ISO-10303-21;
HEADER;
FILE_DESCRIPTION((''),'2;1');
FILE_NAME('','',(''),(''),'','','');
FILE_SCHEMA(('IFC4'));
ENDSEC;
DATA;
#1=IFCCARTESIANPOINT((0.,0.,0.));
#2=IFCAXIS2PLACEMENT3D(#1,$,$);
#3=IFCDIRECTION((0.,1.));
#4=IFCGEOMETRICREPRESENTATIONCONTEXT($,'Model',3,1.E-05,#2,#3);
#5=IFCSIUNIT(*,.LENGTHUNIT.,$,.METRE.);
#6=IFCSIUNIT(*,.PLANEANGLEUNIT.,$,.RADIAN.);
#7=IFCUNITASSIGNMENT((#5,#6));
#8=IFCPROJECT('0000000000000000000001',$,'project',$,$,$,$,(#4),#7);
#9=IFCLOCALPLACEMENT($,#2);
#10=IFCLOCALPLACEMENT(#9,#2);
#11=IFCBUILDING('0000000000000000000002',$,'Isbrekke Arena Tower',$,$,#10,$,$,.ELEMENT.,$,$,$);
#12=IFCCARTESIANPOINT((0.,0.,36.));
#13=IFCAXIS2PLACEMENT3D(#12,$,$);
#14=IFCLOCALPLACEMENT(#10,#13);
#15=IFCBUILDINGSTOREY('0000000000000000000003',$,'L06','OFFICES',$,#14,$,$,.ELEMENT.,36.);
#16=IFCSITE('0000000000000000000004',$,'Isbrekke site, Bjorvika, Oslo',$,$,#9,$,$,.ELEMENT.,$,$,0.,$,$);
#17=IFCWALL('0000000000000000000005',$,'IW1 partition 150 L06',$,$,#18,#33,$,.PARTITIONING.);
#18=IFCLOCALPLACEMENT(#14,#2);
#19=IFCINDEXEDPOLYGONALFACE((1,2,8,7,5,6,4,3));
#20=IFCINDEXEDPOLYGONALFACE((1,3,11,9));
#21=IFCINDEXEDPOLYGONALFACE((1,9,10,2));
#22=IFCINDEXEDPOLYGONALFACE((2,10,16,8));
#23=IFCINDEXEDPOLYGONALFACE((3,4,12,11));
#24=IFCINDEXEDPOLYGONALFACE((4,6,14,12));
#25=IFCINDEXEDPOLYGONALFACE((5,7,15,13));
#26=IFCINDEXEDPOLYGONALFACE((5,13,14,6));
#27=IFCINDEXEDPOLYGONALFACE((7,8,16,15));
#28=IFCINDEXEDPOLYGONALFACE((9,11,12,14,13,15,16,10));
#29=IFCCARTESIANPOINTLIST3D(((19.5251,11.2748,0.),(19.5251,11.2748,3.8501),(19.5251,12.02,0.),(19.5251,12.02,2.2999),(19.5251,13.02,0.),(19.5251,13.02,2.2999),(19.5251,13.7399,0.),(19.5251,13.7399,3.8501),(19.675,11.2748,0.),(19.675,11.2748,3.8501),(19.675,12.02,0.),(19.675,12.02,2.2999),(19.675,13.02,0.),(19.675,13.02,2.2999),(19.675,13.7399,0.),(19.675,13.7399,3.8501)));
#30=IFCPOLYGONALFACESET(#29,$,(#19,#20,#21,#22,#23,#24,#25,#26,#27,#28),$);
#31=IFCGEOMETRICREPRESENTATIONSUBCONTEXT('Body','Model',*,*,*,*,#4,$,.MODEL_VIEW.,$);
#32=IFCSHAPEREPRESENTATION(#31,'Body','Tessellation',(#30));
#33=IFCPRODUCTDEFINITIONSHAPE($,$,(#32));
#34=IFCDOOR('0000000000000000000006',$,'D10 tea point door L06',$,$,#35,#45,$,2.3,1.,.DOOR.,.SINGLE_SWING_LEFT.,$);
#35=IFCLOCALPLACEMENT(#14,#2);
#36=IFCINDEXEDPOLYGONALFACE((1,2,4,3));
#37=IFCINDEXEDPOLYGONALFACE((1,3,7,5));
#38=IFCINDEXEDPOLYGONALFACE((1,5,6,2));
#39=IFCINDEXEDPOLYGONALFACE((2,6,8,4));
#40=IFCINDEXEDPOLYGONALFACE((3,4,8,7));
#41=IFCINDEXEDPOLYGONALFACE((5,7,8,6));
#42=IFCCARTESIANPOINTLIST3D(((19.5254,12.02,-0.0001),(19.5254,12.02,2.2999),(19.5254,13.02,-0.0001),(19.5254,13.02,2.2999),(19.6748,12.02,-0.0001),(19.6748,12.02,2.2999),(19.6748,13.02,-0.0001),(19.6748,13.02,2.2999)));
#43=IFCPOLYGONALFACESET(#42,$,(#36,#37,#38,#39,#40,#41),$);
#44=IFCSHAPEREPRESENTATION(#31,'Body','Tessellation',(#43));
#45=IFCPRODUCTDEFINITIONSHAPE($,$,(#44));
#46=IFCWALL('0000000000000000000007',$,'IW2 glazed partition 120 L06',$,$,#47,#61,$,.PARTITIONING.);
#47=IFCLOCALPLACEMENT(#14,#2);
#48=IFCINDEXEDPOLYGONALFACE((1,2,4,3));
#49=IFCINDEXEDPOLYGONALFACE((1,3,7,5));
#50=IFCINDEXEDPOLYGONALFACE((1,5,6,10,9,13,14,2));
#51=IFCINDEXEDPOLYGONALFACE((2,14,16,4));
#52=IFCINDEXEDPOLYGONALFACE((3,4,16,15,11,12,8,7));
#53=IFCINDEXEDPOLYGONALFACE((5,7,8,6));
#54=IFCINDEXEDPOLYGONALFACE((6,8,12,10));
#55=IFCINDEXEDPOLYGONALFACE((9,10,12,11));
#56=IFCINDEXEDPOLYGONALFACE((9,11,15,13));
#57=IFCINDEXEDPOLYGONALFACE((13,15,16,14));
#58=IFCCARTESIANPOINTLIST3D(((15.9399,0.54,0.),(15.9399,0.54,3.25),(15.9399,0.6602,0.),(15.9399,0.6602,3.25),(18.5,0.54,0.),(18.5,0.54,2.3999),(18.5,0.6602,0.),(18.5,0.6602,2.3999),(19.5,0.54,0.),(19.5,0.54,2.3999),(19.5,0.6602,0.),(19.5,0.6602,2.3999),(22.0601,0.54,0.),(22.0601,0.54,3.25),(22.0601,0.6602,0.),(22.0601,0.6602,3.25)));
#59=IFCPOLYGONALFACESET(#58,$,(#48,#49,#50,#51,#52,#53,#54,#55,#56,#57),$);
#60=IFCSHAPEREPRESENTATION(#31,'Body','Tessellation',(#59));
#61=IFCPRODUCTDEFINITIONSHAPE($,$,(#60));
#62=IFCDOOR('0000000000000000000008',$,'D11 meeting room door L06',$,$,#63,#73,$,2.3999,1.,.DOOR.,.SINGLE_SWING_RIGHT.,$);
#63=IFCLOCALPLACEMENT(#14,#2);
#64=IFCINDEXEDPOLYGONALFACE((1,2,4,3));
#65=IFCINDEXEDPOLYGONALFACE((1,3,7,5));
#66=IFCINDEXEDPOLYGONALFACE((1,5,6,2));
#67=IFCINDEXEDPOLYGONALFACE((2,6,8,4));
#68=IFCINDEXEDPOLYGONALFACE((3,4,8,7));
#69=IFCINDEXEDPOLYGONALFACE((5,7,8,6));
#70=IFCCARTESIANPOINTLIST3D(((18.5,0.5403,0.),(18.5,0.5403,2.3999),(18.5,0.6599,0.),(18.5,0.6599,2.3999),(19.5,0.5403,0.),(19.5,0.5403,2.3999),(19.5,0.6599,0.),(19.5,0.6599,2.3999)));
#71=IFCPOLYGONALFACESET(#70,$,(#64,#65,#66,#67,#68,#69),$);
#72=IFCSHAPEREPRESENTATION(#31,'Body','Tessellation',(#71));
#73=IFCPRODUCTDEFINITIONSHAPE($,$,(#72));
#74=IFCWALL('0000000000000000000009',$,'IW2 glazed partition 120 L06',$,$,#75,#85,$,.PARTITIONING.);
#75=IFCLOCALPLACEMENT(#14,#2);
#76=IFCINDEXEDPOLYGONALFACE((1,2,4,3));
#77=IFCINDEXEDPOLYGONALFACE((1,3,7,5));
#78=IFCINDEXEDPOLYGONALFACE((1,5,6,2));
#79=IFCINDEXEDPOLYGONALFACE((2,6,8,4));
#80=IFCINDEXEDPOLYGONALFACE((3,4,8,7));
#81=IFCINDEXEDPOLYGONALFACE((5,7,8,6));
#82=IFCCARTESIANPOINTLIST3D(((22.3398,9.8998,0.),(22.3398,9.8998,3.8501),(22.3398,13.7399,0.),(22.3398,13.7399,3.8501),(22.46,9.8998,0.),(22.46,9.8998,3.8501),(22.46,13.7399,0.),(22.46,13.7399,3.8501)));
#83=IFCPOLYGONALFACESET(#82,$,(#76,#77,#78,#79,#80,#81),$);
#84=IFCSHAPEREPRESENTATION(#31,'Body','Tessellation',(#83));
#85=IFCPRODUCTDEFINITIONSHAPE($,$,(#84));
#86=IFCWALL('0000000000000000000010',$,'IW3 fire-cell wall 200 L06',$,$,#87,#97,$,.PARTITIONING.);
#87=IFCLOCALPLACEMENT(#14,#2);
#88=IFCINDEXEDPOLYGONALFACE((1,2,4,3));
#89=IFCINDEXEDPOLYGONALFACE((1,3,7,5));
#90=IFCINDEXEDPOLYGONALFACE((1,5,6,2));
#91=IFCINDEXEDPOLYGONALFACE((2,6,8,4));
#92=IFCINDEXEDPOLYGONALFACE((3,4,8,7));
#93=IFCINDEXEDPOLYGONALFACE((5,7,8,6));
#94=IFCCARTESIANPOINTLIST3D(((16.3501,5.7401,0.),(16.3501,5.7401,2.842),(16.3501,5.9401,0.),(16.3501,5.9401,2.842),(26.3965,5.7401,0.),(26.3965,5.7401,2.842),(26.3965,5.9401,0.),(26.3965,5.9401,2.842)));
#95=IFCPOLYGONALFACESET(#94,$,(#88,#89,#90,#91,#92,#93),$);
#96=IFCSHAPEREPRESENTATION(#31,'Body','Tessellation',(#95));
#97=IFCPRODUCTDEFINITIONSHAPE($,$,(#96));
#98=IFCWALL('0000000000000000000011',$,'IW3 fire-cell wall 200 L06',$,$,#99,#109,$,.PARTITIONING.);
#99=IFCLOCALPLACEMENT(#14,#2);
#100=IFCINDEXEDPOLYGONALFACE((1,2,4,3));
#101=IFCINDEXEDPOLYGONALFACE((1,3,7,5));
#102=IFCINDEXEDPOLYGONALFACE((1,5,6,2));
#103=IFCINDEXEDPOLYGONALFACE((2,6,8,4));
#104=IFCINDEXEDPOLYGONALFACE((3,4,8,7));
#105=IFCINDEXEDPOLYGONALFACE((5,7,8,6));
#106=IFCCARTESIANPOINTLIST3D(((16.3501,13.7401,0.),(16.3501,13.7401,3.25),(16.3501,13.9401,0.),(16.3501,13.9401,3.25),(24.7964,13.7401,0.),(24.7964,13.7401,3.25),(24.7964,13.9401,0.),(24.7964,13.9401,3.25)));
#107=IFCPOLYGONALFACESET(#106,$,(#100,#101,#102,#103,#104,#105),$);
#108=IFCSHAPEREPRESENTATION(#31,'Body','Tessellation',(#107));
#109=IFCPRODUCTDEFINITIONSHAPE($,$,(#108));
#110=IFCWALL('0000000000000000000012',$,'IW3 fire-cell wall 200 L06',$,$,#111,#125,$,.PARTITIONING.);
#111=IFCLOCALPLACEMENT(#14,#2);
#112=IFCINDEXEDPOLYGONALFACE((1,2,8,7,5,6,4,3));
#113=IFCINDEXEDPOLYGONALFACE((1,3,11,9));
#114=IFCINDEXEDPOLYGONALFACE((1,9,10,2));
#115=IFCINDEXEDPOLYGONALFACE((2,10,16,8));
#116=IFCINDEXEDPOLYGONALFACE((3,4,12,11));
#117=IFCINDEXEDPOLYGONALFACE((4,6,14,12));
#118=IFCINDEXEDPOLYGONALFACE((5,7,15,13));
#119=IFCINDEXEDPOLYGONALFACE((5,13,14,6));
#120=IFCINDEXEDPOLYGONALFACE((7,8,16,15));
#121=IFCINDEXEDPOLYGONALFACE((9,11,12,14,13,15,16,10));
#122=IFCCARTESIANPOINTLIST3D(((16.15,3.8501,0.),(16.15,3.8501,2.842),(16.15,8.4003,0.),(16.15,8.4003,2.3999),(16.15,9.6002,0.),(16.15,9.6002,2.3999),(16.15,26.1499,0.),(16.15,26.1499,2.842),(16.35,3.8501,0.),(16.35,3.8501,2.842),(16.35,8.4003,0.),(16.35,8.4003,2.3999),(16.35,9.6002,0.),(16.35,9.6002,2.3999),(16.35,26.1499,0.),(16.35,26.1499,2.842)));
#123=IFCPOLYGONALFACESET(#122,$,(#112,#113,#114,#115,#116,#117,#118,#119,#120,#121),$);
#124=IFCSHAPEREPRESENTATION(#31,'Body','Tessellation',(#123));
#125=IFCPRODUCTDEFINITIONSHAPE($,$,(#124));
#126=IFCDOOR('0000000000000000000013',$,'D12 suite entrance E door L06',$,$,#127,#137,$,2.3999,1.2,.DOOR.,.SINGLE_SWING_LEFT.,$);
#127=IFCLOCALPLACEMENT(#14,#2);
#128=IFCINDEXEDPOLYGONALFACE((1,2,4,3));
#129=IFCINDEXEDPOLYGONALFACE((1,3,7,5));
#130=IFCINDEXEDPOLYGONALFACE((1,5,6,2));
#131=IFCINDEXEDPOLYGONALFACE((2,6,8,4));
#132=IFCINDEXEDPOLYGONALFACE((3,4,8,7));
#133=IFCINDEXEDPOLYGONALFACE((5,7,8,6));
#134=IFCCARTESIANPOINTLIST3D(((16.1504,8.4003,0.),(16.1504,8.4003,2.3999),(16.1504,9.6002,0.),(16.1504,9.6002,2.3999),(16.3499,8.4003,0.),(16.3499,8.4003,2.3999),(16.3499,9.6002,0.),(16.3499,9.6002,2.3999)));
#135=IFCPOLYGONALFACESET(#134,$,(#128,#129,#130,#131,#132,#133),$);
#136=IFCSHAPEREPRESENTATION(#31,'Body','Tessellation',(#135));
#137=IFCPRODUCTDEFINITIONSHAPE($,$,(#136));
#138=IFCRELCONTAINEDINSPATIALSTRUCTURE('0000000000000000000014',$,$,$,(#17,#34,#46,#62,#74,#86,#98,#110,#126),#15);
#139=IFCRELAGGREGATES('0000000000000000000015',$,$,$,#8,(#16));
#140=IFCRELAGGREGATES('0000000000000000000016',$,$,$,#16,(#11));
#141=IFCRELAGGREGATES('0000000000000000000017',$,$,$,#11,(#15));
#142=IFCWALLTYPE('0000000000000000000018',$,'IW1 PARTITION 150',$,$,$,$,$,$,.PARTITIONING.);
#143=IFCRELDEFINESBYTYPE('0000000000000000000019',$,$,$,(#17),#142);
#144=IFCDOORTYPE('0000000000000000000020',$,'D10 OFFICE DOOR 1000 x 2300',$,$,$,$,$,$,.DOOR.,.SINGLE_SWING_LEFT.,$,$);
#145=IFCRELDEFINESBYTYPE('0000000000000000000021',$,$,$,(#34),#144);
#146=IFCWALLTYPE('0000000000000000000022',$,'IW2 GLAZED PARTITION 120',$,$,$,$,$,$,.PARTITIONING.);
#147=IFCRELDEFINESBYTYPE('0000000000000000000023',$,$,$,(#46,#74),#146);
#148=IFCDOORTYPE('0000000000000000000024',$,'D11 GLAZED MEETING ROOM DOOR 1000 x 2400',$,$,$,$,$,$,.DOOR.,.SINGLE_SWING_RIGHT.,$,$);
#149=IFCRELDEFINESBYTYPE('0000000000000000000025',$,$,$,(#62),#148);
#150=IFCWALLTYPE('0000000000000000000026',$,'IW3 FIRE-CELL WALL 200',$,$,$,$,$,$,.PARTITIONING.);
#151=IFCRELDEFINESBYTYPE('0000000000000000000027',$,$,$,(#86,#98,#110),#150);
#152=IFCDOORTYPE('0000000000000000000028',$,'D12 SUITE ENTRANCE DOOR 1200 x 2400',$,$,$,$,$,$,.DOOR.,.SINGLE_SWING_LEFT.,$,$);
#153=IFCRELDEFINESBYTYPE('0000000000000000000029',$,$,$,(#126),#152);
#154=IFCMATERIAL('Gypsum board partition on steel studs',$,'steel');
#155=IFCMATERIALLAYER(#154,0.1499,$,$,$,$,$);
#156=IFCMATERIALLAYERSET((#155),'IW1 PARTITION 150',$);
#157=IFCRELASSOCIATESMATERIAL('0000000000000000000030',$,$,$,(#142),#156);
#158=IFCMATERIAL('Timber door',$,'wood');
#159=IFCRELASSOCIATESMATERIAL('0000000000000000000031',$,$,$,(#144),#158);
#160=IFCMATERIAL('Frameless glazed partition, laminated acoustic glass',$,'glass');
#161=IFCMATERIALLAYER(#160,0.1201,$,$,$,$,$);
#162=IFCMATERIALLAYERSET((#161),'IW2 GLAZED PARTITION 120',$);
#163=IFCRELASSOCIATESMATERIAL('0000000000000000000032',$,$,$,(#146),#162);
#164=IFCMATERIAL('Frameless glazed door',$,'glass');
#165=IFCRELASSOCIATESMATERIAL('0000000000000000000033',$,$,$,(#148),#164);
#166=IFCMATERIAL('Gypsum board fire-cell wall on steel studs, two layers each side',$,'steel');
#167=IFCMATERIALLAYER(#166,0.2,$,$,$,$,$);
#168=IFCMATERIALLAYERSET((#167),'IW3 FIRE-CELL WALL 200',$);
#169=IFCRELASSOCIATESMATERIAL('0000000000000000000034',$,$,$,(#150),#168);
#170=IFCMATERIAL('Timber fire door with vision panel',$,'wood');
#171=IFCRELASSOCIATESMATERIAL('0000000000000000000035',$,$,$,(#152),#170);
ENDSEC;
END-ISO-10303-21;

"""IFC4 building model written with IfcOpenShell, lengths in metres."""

from ifc_helpers import new_model, si_unit, direction, frame, frame_2d, origin, place, context, subcontext, project, spatial, rectangle, extrude, material, layer, layer_set, type_object, element, fill, save


model = new_model("IFC4")

# Units and contexts
model_context = context("Model", 3, precision=1e-05, world=origin(), true_north=direction((0.0, 1.0)))
body_context = subcontext(model_context, "Body", "Model", "MODEL_VIEW")
ifc_project = project(units=[si_unit("LENGTHUNIT", "METRE"), si_unit("PLANEANGLEUNIT", "RADIAN")], contexts=[model_context])

# Site, building, storey
site_placement = place(None, origin())
site = spatial("IfcSite", under=ifc_project, at=site_placement, Name="Isbrekke site, Bjorvika, Oslo", CompositionType="ELEMENT", RefElevation=0.0)
building_placement = place(site_placement, origin())
building = spatial("IfcBuilding", under=site, at=building_placement, Name="Isbrekke Arena Tower", CompositionType="ELEMENT")
storey_placement = place(building_placement, frame((0.0, 0.0, 36.0)))
storey = spatial("IfcBuildingStorey", under=building, at=storey_placement, Name="L06", Description="OFFICES", CompositionType="ELEMENT", Elevation=36.0)

# Shared definitions
ifc_material_1 = material(Name="Gypsum board partition on steel studs", Category="steel")
ifc_layer_1 = layer(ifc_material_1, 0.1499)
ifc_layer_set_1 = layer_set([ifc_layer_1], Name="IW1 PARTITION 150")
wall_type_1 = type_object("IfcWallType", Name="IW1 PARTITION 150", PredefinedType="PARTITIONING", material=ifc_layer_set_1)

# Walls, openings, doors
wall_1_placement = place(storey_placement, frame((19.6001, 11.2749, 0.0), z_axis=(0.0, 0.0, 1.0), x_axis=(0.0, 1.0, 0.0)))
wall_1 = element("IfcWall", 1, at=wall_1_placement, inside=storey, type_object=wall_type_1, Name="IW1 partition 150 L06", PredefinedType="PARTITIONING", context=body_context, shape_type="SweptSolid", body=[
    extrude(rectangle(XDim=2.4651, YDim=0.1499, at=frame_2d((1.2324, 0.0))), origin(), (0.0, 0.0, 1.0), 3.8501),
])
opening_1_placement = place(wall_1_placement, frame((0.7451, 0.0, 0.0)))
opening_1 = element("IfcOpeningElement", 2, at=opening_1_placement, cuts=wall_1, PredefinedType="OPENING", context=body_context, shape_type="SweptSolid", body=[
    extrude(rectangle(XDim=1.0, YDim=2.3, at=frame_2d((0.5, 1.1499))), frame((0.0, 0.0898, 0.0), z_axis=(0.0, -1.0, 0.0), x_axis=(1.0, 0.0, 0.0)), (0.0, 0.0, 1.0), 0.1797),
])
ifc_material_2 = material(Name="Timber door", Category="wood")
door_type_1 = type_object("IfcDoorType", Name="D10 OFFICE DOOR 1000 x 2300", OperationType="SINGLE_SWING_LEFT", PredefinedType="DOOR", material=ifc_material_2)
door_1_placement = place(opening_1_placement, origin())
door_1 = element("IfcDoor", 3, at=door_1_placement, inside=storey, type_object=door_type_1, Name="D10 tea point door L06", OperationType="SINGLE_SWING_LEFT", OverallHeight=2.3, OverallWidth=1.0, PredefinedType="DOOR", context=body_context, shape_type="SweptSolid", body=[
    extrude(rectangle(XDim=1.0, YDim=2.3, at=frame_2d((0.5, 1.1499))), frame((0.0, 0.0747, 0.0), z_axis=(0.0, -1.0, 0.0), x_axis=(1.0, 0.0, 0.0)), (0.0, 0.0, 1.0), 0.1494),
])
fill(opening_1, door_1)
ifc_material_3 = material(Name="Frameless glazed partition, laminated acoustic glass", Category="glass")
ifc_layer_2 = layer(ifc_material_3, 0.1201)
ifc_layer_set_2 = layer_set([ifc_layer_2], Name="IW2 GLAZED PARTITION 120")
wall_type_2 = type_object("IfcWallType", Name="IW2 GLAZED PARTITION 120", PredefinedType="PARTITIONING", material=ifc_layer_set_2)
wall_2_placement = place(storey_placement, frame((15.9399, 0.6001, 0.0), z_axis=(0.0, 0.0, 1.0), x_axis=(1.0, 0.0, 0.0)))
wall_2 = element("IfcWall", 4, at=wall_2_placement, inside=storey, type_object=wall_type_2, Name="IW2 glazed partition 120 L06", PredefinedType="PARTITIONING", context=body_context, shape_type="SweptSolid", body=[
    extrude(rectangle(XDim=6.1201, YDim=0.1201, at=frame_2d((3.0601, 0.0))), origin(), (0.0, 0.0, 1.0), 3.25),
])
opening_2_placement = place(wall_2_placement, frame((2.5601, 0.0, 0.0)))
opening_2 = element("IfcOpeningElement", 5, at=opening_2_placement, cuts=wall_2, PredefinedType="OPENING", context=body_context, shape_type="SweptSolid", body=[
    extrude(rectangle(XDim=1.0, YDim=2.3999, at=frame_2d((0.5, 1.2))), frame((0.0, 0.075, 0.0), z_axis=(0.0, -1.0, 0.0), x_axis=(1.0, 0.0, 0.0)), (0.0, 0.0, 1.0), 0.1499),
])
ifc_material_4 = material(Name="Frameless glazed door", Category="glass")
door_type_2 = type_object("IfcDoorType", Name="D11 GLAZED MEETING ROOM DOOR 1000 x 2400", OperationType="SINGLE_SWING_RIGHT", PredefinedType="DOOR", material=ifc_material_4)
door_2_placement = place(opening_2_placement, origin())
door_2 = element("IfcDoor", 6, at=door_2_placement, inside=storey, type_object=door_type_2, Name="D11 meeting room door L06", OperationType="SINGLE_SWING_RIGHT", OverallHeight=2.3999, OverallWidth=1.0, PredefinedType="DOOR", context=body_context, shape_type="SweptSolid", body=[
    extrude(rectangle(XDim=1.0, YDim=2.3999, at=frame_2d((0.5, 1.2))), frame((0.0, 0.0598, 0.0), z_axis=(0.0, -1.0, 0.0), x_axis=(1.0, 0.0, 0.0)), (0.0, 0.0, 1.0), 0.1196),
])
fill(opening_2, door_2)

# Walls
wall_3_placement = place(storey_placement, frame((22.3999, 9.8999, 0.0), z_axis=(0.0, 0.0, 1.0), x_axis=(0.0, 1.0, 0.0)))
element("IfcWall", 7, at=wall_3_placement, inside=storey, type_object=wall_type_2, Name="IW2 glazed partition 120 L06", PredefinedType="PARTITIONING", context=body_context, shape_type="SweptSolid", body=[
    extrude(rectangle(XDim=3.8401, YDim=0.1201, at=frame_2d((1.9199, 0.0))), origin(), (0.0, 0.0, 1.0), 3.8501),
])
ifc_material_5 = material(Name="Gypsum board fire-cell wall on steel studs, two layers each side", Category="steel")
ifc_layer_3 = layer(ifc_material_5, 0.2)
ifc_layer_set_3 = layer_set([ifc_layer_3], Name="IW3 FIRE-CELL WALL 200")
wall_type_3 = type_object("IfcWallType", Name="IW3 FIRE-CELL WALL 200", PredefinedType="PARTITIONING", material=ifc_layer_set_3)
wall_4_placement = place(storey_placement, frame((16.3501, 5.8401, 0.0), z_axis=(0.0, 0.0, 1.0), x_axis=(1.0, 0.0, 0.0)))
element("IfcWall", 8, at=wall_4_placement, inside=storey, type_object=wall_type_3, Name="IW3 fire-cell wall 200 L06", PredefinedType="PARTITIONING", context=body_context, shape_type="SweptSolid", body=[
    extrude(rectangle(XDim=10.0464, YDim=0.2, at=frame_2d((5.0232, 0.0))), origin(), (0.0, 0.0, 1.0), 2.842),
])
wall_5_placement = place(storey_placement, frame((16.3501, 13.8401, 0.0), z_axis=(0.0, 0.0, 1.0), x_axis=(1.0, 0.0, 0.0)))
element("IfcWall", 9, at=wall_5_placement, inside=storey, type_object=wall_type_3, Name="IW3 fire-cell wall 200 L06", PredefinedType="PARTITIONING", context=body_context, shape_type="SweptSolid", body=[
    extrude(rectangle(XDim=8.4463, YDim=0.2, at=frame_2d((4.2231, 0.0))), origin(), (0.0, 0.0, 1.0), 3.25),
])

# Wall, opening, door
wall_6_placement = place(storey_placement, frame((16.25, 3.8501, 0.0), z_axis=(0.0, 0.0, 1.0), x_axis=(0.0, 1.0, 0.0)))
wall_6 = element("IfcWall", 10, at=wall_6_placement, inside=storey, type_object=wall_type_3, Name="IW3 fire-cell wall 200 L06", PredefinedType="PARTITIONING", context=body_context, shape_type="SweptSolid", body=[
    extrude(rectangle(XDim=22.2998, YDim=0.2, at=frame_2d((11.1499, 0.0))), origin(), (0.0, 0.0, 1.0), 2.842),
])
opening_3_placement = place(wall_6_placement, frame((4.55, 0.0, 0.0)))
opening_3 = element("IfcOpeningElement", 11, at=opening_3_placement, cuts=wall_6, PredefinedType="OPENING", context=body_context, shape_type="SweptSolid", body=[
    extrude(rectangle(XDim=1.2, YDim=2.3999, at=frame_2d((0.6001, 1.2))), frame((0.0, 0.1147, 0.0), z_axis=(0.0, -1.0, 0.0), x_axis=(1.0, 0.0, 0.0)), (0.0, 0.0, 1.0), 0.2297),
])
ifc_material_6 = material(Name="Timber fire door with vision panel", Category="wood")
door_type_3 = type_object("IfcDoorType", Name="D12 SUITE ENTRANCE DOOR 1200 x 2400", OperationType="SINGLE_SWING_LEFT", PredefinedType="DOOR", material=ifc_material_6)
door_3_placement = place(opening_3_placement, origin())
door_3 = element("IfcDoor", 12, at=door_3_placement, inside=storey, type_object=door_type_3, Name="D12 suite entrance E door L06", OperationType="SINGLE_SWING_LEFT", OverallHeight=2.3999, OverallWidth=1.2, PredefinedType="DOOR", context=body_context, shape_type="SweptSolid", body=[
    extrude(rectangle(XDim=1.2, YDim=2.3999, at=frame_2d((0.6001, 1.2))), frame((0.0, 0.0996, 0.0), z_axis=(0.0, -1.0, 0.0), x_axis=(1.0, 0.0, 0.0)), (0.0, 0.0, 1.0), 0.1995),
])
fill(opening_3, door_3)

save(model, "model.ifc")
